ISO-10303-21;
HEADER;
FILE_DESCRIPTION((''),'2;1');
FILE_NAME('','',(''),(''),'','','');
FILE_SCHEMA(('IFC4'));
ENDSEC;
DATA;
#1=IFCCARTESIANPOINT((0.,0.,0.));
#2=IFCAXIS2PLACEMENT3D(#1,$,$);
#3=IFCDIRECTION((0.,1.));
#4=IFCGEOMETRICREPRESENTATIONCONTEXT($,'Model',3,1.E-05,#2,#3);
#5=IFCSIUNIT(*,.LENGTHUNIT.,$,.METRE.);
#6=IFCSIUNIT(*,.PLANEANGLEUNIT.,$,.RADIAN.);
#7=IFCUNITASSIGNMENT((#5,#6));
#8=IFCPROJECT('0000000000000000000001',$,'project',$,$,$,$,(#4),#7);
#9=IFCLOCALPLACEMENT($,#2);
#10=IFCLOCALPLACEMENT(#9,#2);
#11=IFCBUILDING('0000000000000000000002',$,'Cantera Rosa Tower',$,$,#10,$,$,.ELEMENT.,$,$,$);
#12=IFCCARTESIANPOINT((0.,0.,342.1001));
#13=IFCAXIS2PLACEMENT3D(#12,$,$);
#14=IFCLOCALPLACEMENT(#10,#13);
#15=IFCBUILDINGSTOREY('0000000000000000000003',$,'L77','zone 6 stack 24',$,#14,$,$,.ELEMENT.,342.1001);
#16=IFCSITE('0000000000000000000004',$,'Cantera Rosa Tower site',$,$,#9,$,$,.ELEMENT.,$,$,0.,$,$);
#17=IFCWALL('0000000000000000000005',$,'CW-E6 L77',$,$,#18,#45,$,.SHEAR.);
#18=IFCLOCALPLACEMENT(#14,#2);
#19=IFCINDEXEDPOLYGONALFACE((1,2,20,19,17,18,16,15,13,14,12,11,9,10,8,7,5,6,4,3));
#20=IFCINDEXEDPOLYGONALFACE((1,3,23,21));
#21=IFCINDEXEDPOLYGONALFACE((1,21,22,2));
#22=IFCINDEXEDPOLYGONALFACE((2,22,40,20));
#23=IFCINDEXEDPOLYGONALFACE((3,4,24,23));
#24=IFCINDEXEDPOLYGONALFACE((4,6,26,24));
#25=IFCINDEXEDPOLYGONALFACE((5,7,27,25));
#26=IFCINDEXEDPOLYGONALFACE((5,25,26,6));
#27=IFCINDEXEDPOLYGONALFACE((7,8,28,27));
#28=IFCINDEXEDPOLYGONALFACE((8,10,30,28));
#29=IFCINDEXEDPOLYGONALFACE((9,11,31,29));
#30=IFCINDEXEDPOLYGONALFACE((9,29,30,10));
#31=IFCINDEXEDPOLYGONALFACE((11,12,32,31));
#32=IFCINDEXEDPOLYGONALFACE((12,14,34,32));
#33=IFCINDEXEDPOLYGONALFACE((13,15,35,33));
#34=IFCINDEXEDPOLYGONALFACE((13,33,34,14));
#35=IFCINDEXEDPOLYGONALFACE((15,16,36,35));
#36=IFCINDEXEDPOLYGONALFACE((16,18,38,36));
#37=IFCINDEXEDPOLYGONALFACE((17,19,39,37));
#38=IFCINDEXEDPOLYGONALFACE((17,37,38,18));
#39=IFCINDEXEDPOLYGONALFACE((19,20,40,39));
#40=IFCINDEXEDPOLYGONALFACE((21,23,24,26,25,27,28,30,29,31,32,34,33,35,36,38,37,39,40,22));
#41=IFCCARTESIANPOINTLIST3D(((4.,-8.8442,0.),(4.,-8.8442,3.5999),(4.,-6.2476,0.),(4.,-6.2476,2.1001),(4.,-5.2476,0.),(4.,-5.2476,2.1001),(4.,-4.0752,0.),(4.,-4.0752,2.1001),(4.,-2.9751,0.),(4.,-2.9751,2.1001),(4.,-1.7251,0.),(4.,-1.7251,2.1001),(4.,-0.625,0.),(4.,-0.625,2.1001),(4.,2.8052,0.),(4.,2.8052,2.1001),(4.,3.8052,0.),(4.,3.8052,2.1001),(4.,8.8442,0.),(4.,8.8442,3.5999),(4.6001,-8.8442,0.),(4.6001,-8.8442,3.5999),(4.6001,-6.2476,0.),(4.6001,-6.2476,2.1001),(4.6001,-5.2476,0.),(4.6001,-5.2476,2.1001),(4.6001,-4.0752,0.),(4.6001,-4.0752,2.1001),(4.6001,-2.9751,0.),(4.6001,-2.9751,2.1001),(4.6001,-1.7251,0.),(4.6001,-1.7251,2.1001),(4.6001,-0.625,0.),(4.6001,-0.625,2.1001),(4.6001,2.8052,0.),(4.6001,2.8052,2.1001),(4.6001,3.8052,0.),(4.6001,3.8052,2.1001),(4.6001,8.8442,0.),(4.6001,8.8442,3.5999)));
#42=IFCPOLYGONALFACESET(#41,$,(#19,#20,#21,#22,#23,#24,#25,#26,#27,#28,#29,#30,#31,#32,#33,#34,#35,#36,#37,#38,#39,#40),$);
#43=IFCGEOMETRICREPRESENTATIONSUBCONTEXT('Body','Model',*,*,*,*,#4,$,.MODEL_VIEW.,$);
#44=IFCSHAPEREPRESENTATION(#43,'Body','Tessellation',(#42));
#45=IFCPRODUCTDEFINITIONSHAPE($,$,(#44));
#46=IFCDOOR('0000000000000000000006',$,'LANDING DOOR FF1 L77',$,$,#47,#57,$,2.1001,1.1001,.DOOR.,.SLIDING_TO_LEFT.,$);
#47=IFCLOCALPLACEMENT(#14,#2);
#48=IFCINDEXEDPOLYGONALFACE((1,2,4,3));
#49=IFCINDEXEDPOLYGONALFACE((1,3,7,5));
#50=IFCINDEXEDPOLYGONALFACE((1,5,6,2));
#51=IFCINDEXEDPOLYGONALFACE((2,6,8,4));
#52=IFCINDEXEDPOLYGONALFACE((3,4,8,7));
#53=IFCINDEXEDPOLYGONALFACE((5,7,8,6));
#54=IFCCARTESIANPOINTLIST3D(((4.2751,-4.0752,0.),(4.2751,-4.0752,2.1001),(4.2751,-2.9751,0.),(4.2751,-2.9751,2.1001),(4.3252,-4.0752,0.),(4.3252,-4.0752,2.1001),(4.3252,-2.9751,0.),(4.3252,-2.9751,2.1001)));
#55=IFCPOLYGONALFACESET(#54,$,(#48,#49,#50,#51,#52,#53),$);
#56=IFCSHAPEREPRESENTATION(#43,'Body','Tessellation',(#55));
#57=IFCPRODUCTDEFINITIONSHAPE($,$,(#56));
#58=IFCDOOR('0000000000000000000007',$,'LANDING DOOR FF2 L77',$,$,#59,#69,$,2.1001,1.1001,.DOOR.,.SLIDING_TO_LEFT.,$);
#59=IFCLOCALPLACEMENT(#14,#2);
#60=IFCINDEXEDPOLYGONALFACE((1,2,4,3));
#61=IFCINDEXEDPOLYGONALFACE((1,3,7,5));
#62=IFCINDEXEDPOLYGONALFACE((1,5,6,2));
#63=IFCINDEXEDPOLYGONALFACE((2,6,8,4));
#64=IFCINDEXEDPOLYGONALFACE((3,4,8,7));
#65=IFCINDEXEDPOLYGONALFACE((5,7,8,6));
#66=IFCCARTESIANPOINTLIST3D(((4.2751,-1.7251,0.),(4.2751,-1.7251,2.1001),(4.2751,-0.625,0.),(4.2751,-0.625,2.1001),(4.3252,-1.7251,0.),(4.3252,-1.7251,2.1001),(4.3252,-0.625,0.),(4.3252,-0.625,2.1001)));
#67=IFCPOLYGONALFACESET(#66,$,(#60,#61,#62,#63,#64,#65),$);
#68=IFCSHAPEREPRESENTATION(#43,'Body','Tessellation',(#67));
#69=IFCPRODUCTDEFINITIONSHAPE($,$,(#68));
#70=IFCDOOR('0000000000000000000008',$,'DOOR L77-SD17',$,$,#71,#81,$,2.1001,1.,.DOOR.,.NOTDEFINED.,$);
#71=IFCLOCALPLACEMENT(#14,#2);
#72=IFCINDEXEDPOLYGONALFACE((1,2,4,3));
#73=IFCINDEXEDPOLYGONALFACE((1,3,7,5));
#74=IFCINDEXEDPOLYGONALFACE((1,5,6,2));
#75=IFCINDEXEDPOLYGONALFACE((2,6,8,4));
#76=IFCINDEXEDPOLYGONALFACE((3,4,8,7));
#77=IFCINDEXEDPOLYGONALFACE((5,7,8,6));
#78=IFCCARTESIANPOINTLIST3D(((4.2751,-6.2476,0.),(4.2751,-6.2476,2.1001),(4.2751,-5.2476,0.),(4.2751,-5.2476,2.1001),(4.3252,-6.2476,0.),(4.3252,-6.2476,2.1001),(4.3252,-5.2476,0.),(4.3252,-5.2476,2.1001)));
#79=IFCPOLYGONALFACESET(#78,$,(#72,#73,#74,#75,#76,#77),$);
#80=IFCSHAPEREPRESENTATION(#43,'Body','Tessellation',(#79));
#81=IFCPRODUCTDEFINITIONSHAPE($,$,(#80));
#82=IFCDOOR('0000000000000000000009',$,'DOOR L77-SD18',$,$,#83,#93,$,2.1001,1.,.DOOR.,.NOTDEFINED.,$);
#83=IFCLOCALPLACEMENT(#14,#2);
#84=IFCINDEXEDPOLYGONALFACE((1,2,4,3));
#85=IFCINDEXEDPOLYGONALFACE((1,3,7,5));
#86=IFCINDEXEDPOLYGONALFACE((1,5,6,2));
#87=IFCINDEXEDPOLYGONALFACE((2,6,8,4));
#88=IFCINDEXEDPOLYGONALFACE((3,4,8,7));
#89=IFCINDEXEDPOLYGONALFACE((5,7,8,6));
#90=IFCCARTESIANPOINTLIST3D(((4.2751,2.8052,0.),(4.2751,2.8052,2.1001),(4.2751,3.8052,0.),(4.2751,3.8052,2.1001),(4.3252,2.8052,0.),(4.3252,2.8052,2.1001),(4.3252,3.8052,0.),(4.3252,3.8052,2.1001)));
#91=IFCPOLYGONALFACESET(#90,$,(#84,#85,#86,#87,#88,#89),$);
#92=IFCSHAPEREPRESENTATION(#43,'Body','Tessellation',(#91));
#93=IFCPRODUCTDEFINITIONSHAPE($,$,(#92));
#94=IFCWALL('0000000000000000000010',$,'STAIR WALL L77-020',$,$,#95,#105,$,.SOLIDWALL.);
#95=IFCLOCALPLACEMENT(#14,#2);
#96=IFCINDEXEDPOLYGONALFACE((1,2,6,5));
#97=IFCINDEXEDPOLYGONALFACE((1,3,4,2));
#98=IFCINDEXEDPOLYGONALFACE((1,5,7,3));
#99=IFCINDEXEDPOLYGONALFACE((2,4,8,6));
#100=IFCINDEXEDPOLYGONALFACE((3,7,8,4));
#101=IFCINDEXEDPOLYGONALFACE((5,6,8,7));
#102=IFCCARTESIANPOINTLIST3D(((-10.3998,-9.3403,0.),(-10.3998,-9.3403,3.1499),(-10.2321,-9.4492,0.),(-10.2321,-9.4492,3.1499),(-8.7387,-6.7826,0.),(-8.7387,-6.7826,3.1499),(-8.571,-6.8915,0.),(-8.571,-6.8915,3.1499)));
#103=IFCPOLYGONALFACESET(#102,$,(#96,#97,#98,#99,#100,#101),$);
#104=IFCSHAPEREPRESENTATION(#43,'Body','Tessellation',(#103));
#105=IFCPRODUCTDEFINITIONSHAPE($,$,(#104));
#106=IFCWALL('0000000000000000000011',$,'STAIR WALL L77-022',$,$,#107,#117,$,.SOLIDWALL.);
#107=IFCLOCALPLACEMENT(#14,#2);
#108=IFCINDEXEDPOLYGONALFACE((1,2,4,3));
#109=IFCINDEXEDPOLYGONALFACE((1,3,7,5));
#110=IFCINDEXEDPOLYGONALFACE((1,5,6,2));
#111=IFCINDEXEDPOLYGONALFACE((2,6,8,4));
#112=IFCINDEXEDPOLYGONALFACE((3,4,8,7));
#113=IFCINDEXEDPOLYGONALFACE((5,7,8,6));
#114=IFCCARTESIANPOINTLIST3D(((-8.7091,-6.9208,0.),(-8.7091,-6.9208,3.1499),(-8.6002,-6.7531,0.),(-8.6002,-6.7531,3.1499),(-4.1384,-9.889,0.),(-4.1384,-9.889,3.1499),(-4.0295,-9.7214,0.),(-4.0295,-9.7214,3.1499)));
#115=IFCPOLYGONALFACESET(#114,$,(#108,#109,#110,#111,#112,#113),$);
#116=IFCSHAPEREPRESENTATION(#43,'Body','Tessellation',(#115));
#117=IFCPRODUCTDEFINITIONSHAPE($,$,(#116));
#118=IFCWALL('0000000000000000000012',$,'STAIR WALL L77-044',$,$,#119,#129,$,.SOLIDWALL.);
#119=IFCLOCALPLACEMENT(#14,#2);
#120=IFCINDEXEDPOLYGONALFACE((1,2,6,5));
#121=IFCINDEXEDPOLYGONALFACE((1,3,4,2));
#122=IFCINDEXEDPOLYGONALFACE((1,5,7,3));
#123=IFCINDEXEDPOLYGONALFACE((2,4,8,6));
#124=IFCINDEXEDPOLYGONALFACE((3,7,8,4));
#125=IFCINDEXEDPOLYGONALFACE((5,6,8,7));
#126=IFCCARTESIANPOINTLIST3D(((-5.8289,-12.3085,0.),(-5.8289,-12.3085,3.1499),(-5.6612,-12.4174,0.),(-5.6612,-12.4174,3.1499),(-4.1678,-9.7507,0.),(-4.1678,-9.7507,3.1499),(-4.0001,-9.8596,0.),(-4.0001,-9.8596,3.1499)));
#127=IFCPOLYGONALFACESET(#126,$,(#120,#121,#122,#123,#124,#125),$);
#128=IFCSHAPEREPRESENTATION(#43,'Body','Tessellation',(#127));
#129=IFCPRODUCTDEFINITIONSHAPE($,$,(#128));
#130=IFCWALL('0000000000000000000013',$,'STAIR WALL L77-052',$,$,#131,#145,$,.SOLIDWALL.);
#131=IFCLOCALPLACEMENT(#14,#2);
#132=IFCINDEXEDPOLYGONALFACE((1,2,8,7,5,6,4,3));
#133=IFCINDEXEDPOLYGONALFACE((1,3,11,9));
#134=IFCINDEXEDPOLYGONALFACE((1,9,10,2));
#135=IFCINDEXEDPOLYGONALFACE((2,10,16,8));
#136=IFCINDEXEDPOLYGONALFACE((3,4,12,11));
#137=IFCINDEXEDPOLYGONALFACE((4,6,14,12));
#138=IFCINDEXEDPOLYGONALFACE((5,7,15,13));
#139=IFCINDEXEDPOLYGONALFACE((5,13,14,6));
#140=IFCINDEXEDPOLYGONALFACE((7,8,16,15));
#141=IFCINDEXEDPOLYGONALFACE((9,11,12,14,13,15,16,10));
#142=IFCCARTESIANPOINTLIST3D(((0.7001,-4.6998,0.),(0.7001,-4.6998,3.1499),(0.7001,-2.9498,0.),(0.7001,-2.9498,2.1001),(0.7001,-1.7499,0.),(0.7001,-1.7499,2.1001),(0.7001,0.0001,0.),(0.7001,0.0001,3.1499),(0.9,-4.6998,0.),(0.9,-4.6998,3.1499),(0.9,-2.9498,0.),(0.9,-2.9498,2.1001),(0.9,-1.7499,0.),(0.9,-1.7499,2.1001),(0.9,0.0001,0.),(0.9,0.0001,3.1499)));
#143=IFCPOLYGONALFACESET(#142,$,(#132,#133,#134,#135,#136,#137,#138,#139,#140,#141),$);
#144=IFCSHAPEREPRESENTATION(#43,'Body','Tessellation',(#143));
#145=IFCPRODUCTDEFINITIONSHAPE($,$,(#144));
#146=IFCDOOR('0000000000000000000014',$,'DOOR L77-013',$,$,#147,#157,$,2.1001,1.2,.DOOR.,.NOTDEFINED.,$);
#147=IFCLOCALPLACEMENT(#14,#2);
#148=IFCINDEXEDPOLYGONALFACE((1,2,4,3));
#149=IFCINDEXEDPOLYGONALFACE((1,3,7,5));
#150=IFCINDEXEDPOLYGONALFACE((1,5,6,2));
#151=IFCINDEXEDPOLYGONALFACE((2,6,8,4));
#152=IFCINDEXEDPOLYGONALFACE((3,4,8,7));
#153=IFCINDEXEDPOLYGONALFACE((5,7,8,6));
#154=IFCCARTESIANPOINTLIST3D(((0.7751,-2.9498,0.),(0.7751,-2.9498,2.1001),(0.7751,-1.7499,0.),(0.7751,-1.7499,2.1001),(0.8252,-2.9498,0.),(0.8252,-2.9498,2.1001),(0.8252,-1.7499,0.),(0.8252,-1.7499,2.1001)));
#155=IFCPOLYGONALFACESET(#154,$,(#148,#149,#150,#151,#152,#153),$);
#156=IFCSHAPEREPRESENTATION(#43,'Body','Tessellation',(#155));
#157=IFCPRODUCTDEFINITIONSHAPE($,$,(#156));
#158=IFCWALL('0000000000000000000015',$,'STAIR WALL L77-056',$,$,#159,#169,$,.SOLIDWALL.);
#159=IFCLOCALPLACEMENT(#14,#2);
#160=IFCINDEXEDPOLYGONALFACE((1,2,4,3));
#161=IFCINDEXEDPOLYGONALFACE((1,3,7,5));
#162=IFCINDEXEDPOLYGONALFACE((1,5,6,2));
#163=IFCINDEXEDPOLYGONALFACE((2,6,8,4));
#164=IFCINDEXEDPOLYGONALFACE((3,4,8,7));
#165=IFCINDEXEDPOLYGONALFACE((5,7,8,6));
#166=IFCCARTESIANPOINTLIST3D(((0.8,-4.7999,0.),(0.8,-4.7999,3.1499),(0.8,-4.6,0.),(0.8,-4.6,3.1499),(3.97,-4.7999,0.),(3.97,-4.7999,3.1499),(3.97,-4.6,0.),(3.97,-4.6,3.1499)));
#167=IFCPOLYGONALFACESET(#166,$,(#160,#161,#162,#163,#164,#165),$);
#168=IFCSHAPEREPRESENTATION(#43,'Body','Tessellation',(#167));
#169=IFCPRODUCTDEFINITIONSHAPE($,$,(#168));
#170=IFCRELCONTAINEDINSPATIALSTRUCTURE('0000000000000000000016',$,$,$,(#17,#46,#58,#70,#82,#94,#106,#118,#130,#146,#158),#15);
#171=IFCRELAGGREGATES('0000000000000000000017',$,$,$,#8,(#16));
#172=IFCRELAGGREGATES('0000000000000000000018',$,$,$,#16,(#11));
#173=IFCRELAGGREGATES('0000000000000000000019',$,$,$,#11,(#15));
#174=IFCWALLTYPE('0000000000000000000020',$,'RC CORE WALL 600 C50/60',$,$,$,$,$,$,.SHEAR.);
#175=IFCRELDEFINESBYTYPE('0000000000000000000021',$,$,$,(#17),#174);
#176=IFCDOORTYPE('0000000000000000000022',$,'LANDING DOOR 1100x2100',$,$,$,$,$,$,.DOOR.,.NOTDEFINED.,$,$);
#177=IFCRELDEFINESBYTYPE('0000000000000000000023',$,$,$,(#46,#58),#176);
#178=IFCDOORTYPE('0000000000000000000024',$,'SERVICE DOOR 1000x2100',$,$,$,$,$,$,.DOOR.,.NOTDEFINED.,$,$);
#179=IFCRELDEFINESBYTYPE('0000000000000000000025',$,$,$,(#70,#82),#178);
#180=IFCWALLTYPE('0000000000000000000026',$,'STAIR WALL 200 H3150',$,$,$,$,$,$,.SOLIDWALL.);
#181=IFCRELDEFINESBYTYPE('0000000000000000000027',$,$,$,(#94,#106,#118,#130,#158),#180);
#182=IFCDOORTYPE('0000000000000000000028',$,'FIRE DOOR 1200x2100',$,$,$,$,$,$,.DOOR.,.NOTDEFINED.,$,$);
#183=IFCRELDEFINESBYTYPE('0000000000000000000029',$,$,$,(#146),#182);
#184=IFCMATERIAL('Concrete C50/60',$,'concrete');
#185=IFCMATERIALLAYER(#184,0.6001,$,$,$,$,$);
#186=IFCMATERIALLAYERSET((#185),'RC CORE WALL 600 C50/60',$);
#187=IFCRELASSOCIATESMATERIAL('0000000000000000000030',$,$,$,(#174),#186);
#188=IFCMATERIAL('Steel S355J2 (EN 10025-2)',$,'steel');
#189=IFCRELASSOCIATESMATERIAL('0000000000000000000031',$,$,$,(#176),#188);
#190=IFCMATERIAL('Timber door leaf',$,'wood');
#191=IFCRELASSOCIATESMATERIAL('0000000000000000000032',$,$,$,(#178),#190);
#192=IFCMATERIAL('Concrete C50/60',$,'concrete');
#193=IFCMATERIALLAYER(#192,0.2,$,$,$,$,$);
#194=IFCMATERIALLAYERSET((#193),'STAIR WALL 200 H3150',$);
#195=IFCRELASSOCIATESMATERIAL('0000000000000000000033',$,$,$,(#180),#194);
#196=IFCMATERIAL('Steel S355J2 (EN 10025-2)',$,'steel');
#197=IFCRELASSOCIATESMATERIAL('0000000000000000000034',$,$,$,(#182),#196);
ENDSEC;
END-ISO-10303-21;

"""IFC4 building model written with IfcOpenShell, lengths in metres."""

from ifc_helpers import new_model, si_unit, direction, frame, frame_2d, origin, place, context, subcontext, project, spatial, rectangle, extrude, material, layer, layer_set, type_object, element, fill, save


model = new_model("IFC4")

# Units and contexts
model_context = context("Model", 3, precision=1e-05, world=origin(), true_north=direction((0.0, 1.0)))
body_context = subcontext(model_context, "Body", "Model", "MODEL_VIEW")
ifc_project = project(units=[si_unit("LENGTHUNIT", "METRE"), si_unit("PLANEANGLEUNIT", "RADIAN")], contexts=[model_context])

# Site, building, storey
site_placement = place(None, origin())
site = spatial("IfcSite", under=ifc_project, at=site_placement, Name="Cantera Rosa Tower site", CompositionType="ELEMENT", RefElevation=0.0)
building_placement = place(site_placement, origin())
building = spatial("IfcBuilding", under=site, at=building_placement, Name="Cantera Rosa Tower", CompositionType="ELEMENT")
storey_placement = place(building_placement, frame((0.0, 0.0, 342.1001)))
storey = spatial("IfcBuildingStorey", under=building, at=storey_placement, Name="L77", Description="zone 6 stack 24", CompositionType="ELEMENT", Elevation=342.1001)

# Shared definitions
ifc_material_1 = material(Name="Concrete C50/60", Category="concrete")
ifc_layer_1 = layer(ifc_material_1, 0.6001)
ifc_layer_set_1 = layer_set([ifc_layer_1], Name="RC CORE WALL 600 C50/60")
wall_type_1 = type_object("IfcWallType", Name="RC CORE WALL 600 C50/60", PredefinedType="SHEAR", material=ifc_layer_set_1)

# Wall, openings, doors
wall_1_placement = place(storey_placement, frame((4.3, -8.8442, 0.0), z_axis=(0.0, 0.0, 1.0), x_axis=(0.0, 1.0, 0.0)))
wall_1 = element("IfcWall", 1, at=wall_1_placement, inside=storey, type_object=wall_type_1, Name="CW-E6 L77", PredefinedType="SHEAR", context=body_context, shape_type="SweptSolid", body=[
    extrude(rectangle(XDim=17.6885, YDim=0.6001, at=frame_2d((8.8442, 0.0))), origin(), (0.0, 0.0, 1.0), 3.5999),
])
opening_1_placement = place(wall_1_placement, frame((4.769, 0.0, 0.0)))
opening_1 = element("IfcOpeningElement", 2, at=opening_1_placement, cuts=wall_1, PredefinedType="OPENING", context=body_context, shape_type="SweptSolid", body=[
    extrude(rectangle(XDim=1.1001, YDim=2.1001, at=frame_2d((0.55, 1.05))), frame((0.0, 0.3101, 0.0), z_axis=(0.0, -1.0, 0.0), x_axis=(1.0, 0.0, 0.0)), (0.0, 0.0, 1.0), 0.6201),
])
opening_2_placement = place(wall_1_placement, frame((7.1191, 0.0, 0.0)))
opening_2 = element("IfcOpeningElement", 3, at=opening_2_placement, cuts=wall_1, PredefinedType="OPENING", context=body_context, shape_type="SweptSolid", body=[
    extrude(rectangle(XDim=1.1001, YDim=2.1001, at=frame_2d((0.55, 1.05))), frame((0.0, 0.3101, 0.0), z_axis=(0.0, -1.0, 0.0), x_axis=(1.0, 0.0, 0.0)), (0.0, 0.0, 1.0), 0.6201),
])
opening_3_placement = place(wall_1_placement, frame((2.5967, 0.0, 0.0)))
opening_3 = element("IfcOpeningElement", 4, at=opening_3_placement, cuts=wall_1, PredefinedType="OPENING", context=body_context, shape_type="SweptSolid", body=[
    extrude(rectangle(XDim=1.0, YDim=2.1001, at=frame_2d((0.5, 1.05))), frame((0.0, 0.3101, 0.0), z_axis=(0.0, -1.0, 0.0), x_axis=(1.0, 0.0, 0.0)), (0.0, 0.0, 1.0), 0.6201),
])
opening_4_placement = place(wall_1_placement, frame((11.6494, 0.0, 0.0)))
opening_4 = element("IfcOpeningElement", 5, at=opening_4_placement, cuts=wall_1, PredefinedType="OPENING", context=body_context, shape_type="SweptSolid", body=[
    extrude(rectangle(XDim=1.0, YDim=2.1001, at=frame_2d((0.5, 1.05))), frame((0.0, 0.3101, 0.0), z_axis=(0.0, -1.0, 0.0), x_axis=(1.0, 0.0, 0.0)), (0.0, 0.0, 1.0), 0.6201),
])
ifc_material_2 = material(Name="Steel S355J2 (EN 10025-2)", Category="steel")
door_type_1 = type_object("IfcDoorType", Name="LANDING DOOR 1100x2100", OperationType="NOTDEFINED", PredefinedType="DOOR", material=ifc_material_2)
door_1_placement = place(opening_1_placement, origin())
door_1 = element("IfcDoor", 6, at=door_1_placement, inside=storey, type_object=door_type_1, Name="LANDING DOOR FF1 L77", OperationType="SLIDING_TO_LEFT", OverallHeight=2.1001, OverallWidth=1.1001, PredefinedType="DOOR", context=body_context, shape_type="SweptSolid", body=[
    extrude(rectangle(XDim=1.1001, YDim=2.1001, at=frame_2d((0.55, 1.05))), frame((0.0, 0.0249, 0.0), z_axis=(0.0, -1.0, 0.0), x_axis=(1.0, 0.0, 0.0)), (0.0, 0.0, 1.0), 0.05),
])
fill(opening_1, door_1)
door_2_placement = place(opening_2_placement, origin())
door_2 = element("IfcDoor", 7, at=door_2_placement, inside=storey, type_object=door_type_1, Name="LANDING DOOR FF2 L77", OperationType="SLIDING_TO_LEFT", OverallHeight=2.1001, OverallWidth=1.1001, PredefinedType="DOOR", context=body_context, shape_type="SweptSolid", body=[
    extrude(rectangle(XDim=1.1001, YDim=2.1001, at=frame_2d((0.55, 1.05))), frame((0.0, 0.0249, 0.0), z_axis=(0.0, -1.0, 0.0), x_axis=(1.0, 0.0, 0.0)), (0.0, 0.0, 1.0), 0.05),
])
fill(opening_2, door_2)
ifc_material_3 = material(Name="Timber door leaf", Category="wood")
door_type_2 = type_object("IfcDoorType", Name="SERVICE DOOR 1000x2100", OperationType="NOTDEFINED", PredefinedType="DOOR", material=ifc_material_3)
door_3_placement = place(opening_3_placement, origin())
door_3 = element("IfcDoor", 8, at=door_3_placement, inside=storey, type_object=door_type_2, Name="DOOR L77-SD17", OperationType="NOTDEFINED", OverallHeight=2.1001, OverallWidth=1.0, PredefinedType="DOOR", context=body_context, shape_type="SweptSolid", body=[
    extrude(rectangle(XDim=1.0, YDim=2.1001, at=frame_2d((0.5, 1.05))), frame((0.0, 0.0249, 0.0), z_axis=(0.0, -1.0, 0.0), x_axis=(1.0, 0.0, 0.0)), (0.0, 0.0, 1.0), 0.05),
])
fill(opening_3, door_3)
door_4_placement = place(opening_4_placement, origin())
door_4 = element("IfcDoor", 9, at=door_4_placement, inside=storey, type_object=door_type_2, Name="DOOR L77-SD18", OperationType="NOTDEFINED", OverallHeight=2.1001, OverallWidth=1.0, PredefinedType="DOOR", context=body_context, shape_type="SweptSolid", body=[
    extrude(rectangle(XDim=1.0, YDim=2.1001, at=frame_2d((0.5, 1.05))), frame((0.0, 0.0249, 0.0), z_axis=(0.0, -1.0, 0.0), x_axis=(1.0, 0.0, 0.0)), (0.0, 0.0, 1.0), 0.05),
])
fill(opening_4, door_4)

# Walls
ifc_material_4 = material(Name="Concrete C50/60", Category="concrete")
ifc_layer_2 = layer(ifc_material_4, 0.2)
ifc_layer_set_2 = layer_set([ifc_layer_2], Name="STAIR WALL 200 H3150")
wall_type_2 = type_object("IfcWallType", Name="STAIR WALL 200 H3150", PredefinedType="SOLIDWALL", material=ifc_layer_set_2)
wall_2_placement = place(storey_placement, frame((-10.3159, -9.3948, 0.0), z_axis=(0.0, 0.0, 1.0), x_axis=(0.544648, 0.838665, 0.0)))
element("IfcWall", 10, at=wall_2_placement, inside=storey, type_object=wall_type_2, Name="STAIR WALL L77-020", PredefinedType="SOLIDWALL", context=body_context, shape_type="SweptSolid", body=[
    extrude(rectangle(XDim=3.0498, YDim=0.2, at=frame_2d((1.5249, 0.0))), origin(), (0.0, 0.0, 1.0), 3.1499),
])
wall_3_placement = place(storey_placement, frame((-8.6548, -6.8369, 0.0), z_axis=(0.0, 0.0, 1.0), x_axis=(0.838675, -0.544632, 0.0)))
element("IfcWall", 11, at=wall_3_placement, inside=storey, type_object=wall_type_2, Name="STAIR WALL L77-022", PredefinedType="SOLIDWALL", context=body_context, shape_type="SweptSolid", body=[
    extrude(rectangle(XDim=5.45, YDim=0.2, at=frame_2d((2.7251, 0.0))), origin(), (0.0, 0.0, 1.0), 3.1499),
])
wall_4_placement = place(storey_placement, frame((-4.084, -9.8052, 0.0), z_axis=(0.0, 0.0, 1.0), x_axis=(-0.544648, -0.838665, 0.0)))
element("IfcWall", 12, at=wall_4_placement, inside=storey, type_object=wall_type_2, Name="STAIR WALL L77-044", PredefinedType="SOLIDWALL", context=body_context, shape_type="SweptSolid", body=[
    extrude(rectangle(XDim=3.0498, YDim=0.2, at=frame_2d((1.5249, 0.0))), origin(), (0.0, 0.0, 1.0), 3.1499),
])

# Wall, opening, door
wall_5_placement = place(storey_placement, frame((0.8, -4.7, 0.0), z_axis=(0.0, 0.0, 1.0), x_axis=(0.0, 1.0, 0.0)))
wall_5 = element("IfcWall", 13, at=wall_5_placement, inside=storey, type_object=wall_type_2, Name="STAIR WALL L77-052", PredefinedType="SOLIDWALL", context=body_context, shape_type="SweptSolid", body=[
    extrude(rectangle(XDim=4.7, YDim=0.2, at=frame_2d((2.3501, 0.0))), origin(), (0.0, 0.0, 1.0), 3.1499),
])
opening_5_placement = place(wall_5_placement, frame((1.75, 0.0, 0.0)))
opening_5 = element("IfcOpeningElement", 14, at=opening_5_placement, cuts=wall_5, PredefinedType="OPENING", context=body_context, shape_type="SweptSolid", body=[
    extrude(rectangle(XDim=1.2, YDim=2.1001, at=frame_2d((0.6001, 1.05))), frame((0.0, 0.1099, 0.0), z_axis=(0.0, -1.0, 0.0), x_axis=(1.0, 0.0, 0.0)), (0.0, 0.0, 1.0), 0.22),
])
ifc_material_5 = material(Name="Steel S355J2 (EN 10025-2)", Category="steel")
door_type_3 = type_object("IfcDoorType", Name="FIRE DOOR 1200x2100", OperationType="NOTDEFINED", PredefinedType="DOOR", material=ifc_material_5)
door_5_placement = place(opening_5_placement, origin())
door_5 = element("IfcDoor", 15, at=door_5_placement, inside=storey, type_object=door_type_3, Name="DOOR L77-013", OperationType="NOTDEFINED", OverallHeight=2.1001, OverallWidth=1.2, PredefinedType="DOOR", context=body_context, shape_type="SweptSolid", body=[
    extrude(rectangle(XDim=1.2, YDim=2.1001, at=frame_2d((0.6001, 1.05))), frame((0.0, 0.0249, 0.0), z_axis=(0.0, -1.0, 0.0), x_axis=(1.0, 0.0, 0.0)), (0.0, 0.0, 1.0), 0.05),
])
fill(opening_5, door_5)

# Wall
wall_6_placement = place(storey_placement, frame((3.97, -4.7, 0.0), z_axis=(0.0, 0.0, 1.0), x_axis=(-1.0, 0.0, 0.0)))
element("IfcWall", 16, at=wall_6_placement, inside=storey, type_object=wall_type_2, Name="STAIR WALL L77-056", PredefinedType="SOLIDWALL", context=body_context, shape_type="SweptSolid", body=[
    extrude(rectangle(XDim=3.1699, YDim=0.2, at=frame_2d((1.585, 0.0))), origin(), (0.0, 0.0, 1.0), 3.1499),
])

save(model, "model.ifc")
